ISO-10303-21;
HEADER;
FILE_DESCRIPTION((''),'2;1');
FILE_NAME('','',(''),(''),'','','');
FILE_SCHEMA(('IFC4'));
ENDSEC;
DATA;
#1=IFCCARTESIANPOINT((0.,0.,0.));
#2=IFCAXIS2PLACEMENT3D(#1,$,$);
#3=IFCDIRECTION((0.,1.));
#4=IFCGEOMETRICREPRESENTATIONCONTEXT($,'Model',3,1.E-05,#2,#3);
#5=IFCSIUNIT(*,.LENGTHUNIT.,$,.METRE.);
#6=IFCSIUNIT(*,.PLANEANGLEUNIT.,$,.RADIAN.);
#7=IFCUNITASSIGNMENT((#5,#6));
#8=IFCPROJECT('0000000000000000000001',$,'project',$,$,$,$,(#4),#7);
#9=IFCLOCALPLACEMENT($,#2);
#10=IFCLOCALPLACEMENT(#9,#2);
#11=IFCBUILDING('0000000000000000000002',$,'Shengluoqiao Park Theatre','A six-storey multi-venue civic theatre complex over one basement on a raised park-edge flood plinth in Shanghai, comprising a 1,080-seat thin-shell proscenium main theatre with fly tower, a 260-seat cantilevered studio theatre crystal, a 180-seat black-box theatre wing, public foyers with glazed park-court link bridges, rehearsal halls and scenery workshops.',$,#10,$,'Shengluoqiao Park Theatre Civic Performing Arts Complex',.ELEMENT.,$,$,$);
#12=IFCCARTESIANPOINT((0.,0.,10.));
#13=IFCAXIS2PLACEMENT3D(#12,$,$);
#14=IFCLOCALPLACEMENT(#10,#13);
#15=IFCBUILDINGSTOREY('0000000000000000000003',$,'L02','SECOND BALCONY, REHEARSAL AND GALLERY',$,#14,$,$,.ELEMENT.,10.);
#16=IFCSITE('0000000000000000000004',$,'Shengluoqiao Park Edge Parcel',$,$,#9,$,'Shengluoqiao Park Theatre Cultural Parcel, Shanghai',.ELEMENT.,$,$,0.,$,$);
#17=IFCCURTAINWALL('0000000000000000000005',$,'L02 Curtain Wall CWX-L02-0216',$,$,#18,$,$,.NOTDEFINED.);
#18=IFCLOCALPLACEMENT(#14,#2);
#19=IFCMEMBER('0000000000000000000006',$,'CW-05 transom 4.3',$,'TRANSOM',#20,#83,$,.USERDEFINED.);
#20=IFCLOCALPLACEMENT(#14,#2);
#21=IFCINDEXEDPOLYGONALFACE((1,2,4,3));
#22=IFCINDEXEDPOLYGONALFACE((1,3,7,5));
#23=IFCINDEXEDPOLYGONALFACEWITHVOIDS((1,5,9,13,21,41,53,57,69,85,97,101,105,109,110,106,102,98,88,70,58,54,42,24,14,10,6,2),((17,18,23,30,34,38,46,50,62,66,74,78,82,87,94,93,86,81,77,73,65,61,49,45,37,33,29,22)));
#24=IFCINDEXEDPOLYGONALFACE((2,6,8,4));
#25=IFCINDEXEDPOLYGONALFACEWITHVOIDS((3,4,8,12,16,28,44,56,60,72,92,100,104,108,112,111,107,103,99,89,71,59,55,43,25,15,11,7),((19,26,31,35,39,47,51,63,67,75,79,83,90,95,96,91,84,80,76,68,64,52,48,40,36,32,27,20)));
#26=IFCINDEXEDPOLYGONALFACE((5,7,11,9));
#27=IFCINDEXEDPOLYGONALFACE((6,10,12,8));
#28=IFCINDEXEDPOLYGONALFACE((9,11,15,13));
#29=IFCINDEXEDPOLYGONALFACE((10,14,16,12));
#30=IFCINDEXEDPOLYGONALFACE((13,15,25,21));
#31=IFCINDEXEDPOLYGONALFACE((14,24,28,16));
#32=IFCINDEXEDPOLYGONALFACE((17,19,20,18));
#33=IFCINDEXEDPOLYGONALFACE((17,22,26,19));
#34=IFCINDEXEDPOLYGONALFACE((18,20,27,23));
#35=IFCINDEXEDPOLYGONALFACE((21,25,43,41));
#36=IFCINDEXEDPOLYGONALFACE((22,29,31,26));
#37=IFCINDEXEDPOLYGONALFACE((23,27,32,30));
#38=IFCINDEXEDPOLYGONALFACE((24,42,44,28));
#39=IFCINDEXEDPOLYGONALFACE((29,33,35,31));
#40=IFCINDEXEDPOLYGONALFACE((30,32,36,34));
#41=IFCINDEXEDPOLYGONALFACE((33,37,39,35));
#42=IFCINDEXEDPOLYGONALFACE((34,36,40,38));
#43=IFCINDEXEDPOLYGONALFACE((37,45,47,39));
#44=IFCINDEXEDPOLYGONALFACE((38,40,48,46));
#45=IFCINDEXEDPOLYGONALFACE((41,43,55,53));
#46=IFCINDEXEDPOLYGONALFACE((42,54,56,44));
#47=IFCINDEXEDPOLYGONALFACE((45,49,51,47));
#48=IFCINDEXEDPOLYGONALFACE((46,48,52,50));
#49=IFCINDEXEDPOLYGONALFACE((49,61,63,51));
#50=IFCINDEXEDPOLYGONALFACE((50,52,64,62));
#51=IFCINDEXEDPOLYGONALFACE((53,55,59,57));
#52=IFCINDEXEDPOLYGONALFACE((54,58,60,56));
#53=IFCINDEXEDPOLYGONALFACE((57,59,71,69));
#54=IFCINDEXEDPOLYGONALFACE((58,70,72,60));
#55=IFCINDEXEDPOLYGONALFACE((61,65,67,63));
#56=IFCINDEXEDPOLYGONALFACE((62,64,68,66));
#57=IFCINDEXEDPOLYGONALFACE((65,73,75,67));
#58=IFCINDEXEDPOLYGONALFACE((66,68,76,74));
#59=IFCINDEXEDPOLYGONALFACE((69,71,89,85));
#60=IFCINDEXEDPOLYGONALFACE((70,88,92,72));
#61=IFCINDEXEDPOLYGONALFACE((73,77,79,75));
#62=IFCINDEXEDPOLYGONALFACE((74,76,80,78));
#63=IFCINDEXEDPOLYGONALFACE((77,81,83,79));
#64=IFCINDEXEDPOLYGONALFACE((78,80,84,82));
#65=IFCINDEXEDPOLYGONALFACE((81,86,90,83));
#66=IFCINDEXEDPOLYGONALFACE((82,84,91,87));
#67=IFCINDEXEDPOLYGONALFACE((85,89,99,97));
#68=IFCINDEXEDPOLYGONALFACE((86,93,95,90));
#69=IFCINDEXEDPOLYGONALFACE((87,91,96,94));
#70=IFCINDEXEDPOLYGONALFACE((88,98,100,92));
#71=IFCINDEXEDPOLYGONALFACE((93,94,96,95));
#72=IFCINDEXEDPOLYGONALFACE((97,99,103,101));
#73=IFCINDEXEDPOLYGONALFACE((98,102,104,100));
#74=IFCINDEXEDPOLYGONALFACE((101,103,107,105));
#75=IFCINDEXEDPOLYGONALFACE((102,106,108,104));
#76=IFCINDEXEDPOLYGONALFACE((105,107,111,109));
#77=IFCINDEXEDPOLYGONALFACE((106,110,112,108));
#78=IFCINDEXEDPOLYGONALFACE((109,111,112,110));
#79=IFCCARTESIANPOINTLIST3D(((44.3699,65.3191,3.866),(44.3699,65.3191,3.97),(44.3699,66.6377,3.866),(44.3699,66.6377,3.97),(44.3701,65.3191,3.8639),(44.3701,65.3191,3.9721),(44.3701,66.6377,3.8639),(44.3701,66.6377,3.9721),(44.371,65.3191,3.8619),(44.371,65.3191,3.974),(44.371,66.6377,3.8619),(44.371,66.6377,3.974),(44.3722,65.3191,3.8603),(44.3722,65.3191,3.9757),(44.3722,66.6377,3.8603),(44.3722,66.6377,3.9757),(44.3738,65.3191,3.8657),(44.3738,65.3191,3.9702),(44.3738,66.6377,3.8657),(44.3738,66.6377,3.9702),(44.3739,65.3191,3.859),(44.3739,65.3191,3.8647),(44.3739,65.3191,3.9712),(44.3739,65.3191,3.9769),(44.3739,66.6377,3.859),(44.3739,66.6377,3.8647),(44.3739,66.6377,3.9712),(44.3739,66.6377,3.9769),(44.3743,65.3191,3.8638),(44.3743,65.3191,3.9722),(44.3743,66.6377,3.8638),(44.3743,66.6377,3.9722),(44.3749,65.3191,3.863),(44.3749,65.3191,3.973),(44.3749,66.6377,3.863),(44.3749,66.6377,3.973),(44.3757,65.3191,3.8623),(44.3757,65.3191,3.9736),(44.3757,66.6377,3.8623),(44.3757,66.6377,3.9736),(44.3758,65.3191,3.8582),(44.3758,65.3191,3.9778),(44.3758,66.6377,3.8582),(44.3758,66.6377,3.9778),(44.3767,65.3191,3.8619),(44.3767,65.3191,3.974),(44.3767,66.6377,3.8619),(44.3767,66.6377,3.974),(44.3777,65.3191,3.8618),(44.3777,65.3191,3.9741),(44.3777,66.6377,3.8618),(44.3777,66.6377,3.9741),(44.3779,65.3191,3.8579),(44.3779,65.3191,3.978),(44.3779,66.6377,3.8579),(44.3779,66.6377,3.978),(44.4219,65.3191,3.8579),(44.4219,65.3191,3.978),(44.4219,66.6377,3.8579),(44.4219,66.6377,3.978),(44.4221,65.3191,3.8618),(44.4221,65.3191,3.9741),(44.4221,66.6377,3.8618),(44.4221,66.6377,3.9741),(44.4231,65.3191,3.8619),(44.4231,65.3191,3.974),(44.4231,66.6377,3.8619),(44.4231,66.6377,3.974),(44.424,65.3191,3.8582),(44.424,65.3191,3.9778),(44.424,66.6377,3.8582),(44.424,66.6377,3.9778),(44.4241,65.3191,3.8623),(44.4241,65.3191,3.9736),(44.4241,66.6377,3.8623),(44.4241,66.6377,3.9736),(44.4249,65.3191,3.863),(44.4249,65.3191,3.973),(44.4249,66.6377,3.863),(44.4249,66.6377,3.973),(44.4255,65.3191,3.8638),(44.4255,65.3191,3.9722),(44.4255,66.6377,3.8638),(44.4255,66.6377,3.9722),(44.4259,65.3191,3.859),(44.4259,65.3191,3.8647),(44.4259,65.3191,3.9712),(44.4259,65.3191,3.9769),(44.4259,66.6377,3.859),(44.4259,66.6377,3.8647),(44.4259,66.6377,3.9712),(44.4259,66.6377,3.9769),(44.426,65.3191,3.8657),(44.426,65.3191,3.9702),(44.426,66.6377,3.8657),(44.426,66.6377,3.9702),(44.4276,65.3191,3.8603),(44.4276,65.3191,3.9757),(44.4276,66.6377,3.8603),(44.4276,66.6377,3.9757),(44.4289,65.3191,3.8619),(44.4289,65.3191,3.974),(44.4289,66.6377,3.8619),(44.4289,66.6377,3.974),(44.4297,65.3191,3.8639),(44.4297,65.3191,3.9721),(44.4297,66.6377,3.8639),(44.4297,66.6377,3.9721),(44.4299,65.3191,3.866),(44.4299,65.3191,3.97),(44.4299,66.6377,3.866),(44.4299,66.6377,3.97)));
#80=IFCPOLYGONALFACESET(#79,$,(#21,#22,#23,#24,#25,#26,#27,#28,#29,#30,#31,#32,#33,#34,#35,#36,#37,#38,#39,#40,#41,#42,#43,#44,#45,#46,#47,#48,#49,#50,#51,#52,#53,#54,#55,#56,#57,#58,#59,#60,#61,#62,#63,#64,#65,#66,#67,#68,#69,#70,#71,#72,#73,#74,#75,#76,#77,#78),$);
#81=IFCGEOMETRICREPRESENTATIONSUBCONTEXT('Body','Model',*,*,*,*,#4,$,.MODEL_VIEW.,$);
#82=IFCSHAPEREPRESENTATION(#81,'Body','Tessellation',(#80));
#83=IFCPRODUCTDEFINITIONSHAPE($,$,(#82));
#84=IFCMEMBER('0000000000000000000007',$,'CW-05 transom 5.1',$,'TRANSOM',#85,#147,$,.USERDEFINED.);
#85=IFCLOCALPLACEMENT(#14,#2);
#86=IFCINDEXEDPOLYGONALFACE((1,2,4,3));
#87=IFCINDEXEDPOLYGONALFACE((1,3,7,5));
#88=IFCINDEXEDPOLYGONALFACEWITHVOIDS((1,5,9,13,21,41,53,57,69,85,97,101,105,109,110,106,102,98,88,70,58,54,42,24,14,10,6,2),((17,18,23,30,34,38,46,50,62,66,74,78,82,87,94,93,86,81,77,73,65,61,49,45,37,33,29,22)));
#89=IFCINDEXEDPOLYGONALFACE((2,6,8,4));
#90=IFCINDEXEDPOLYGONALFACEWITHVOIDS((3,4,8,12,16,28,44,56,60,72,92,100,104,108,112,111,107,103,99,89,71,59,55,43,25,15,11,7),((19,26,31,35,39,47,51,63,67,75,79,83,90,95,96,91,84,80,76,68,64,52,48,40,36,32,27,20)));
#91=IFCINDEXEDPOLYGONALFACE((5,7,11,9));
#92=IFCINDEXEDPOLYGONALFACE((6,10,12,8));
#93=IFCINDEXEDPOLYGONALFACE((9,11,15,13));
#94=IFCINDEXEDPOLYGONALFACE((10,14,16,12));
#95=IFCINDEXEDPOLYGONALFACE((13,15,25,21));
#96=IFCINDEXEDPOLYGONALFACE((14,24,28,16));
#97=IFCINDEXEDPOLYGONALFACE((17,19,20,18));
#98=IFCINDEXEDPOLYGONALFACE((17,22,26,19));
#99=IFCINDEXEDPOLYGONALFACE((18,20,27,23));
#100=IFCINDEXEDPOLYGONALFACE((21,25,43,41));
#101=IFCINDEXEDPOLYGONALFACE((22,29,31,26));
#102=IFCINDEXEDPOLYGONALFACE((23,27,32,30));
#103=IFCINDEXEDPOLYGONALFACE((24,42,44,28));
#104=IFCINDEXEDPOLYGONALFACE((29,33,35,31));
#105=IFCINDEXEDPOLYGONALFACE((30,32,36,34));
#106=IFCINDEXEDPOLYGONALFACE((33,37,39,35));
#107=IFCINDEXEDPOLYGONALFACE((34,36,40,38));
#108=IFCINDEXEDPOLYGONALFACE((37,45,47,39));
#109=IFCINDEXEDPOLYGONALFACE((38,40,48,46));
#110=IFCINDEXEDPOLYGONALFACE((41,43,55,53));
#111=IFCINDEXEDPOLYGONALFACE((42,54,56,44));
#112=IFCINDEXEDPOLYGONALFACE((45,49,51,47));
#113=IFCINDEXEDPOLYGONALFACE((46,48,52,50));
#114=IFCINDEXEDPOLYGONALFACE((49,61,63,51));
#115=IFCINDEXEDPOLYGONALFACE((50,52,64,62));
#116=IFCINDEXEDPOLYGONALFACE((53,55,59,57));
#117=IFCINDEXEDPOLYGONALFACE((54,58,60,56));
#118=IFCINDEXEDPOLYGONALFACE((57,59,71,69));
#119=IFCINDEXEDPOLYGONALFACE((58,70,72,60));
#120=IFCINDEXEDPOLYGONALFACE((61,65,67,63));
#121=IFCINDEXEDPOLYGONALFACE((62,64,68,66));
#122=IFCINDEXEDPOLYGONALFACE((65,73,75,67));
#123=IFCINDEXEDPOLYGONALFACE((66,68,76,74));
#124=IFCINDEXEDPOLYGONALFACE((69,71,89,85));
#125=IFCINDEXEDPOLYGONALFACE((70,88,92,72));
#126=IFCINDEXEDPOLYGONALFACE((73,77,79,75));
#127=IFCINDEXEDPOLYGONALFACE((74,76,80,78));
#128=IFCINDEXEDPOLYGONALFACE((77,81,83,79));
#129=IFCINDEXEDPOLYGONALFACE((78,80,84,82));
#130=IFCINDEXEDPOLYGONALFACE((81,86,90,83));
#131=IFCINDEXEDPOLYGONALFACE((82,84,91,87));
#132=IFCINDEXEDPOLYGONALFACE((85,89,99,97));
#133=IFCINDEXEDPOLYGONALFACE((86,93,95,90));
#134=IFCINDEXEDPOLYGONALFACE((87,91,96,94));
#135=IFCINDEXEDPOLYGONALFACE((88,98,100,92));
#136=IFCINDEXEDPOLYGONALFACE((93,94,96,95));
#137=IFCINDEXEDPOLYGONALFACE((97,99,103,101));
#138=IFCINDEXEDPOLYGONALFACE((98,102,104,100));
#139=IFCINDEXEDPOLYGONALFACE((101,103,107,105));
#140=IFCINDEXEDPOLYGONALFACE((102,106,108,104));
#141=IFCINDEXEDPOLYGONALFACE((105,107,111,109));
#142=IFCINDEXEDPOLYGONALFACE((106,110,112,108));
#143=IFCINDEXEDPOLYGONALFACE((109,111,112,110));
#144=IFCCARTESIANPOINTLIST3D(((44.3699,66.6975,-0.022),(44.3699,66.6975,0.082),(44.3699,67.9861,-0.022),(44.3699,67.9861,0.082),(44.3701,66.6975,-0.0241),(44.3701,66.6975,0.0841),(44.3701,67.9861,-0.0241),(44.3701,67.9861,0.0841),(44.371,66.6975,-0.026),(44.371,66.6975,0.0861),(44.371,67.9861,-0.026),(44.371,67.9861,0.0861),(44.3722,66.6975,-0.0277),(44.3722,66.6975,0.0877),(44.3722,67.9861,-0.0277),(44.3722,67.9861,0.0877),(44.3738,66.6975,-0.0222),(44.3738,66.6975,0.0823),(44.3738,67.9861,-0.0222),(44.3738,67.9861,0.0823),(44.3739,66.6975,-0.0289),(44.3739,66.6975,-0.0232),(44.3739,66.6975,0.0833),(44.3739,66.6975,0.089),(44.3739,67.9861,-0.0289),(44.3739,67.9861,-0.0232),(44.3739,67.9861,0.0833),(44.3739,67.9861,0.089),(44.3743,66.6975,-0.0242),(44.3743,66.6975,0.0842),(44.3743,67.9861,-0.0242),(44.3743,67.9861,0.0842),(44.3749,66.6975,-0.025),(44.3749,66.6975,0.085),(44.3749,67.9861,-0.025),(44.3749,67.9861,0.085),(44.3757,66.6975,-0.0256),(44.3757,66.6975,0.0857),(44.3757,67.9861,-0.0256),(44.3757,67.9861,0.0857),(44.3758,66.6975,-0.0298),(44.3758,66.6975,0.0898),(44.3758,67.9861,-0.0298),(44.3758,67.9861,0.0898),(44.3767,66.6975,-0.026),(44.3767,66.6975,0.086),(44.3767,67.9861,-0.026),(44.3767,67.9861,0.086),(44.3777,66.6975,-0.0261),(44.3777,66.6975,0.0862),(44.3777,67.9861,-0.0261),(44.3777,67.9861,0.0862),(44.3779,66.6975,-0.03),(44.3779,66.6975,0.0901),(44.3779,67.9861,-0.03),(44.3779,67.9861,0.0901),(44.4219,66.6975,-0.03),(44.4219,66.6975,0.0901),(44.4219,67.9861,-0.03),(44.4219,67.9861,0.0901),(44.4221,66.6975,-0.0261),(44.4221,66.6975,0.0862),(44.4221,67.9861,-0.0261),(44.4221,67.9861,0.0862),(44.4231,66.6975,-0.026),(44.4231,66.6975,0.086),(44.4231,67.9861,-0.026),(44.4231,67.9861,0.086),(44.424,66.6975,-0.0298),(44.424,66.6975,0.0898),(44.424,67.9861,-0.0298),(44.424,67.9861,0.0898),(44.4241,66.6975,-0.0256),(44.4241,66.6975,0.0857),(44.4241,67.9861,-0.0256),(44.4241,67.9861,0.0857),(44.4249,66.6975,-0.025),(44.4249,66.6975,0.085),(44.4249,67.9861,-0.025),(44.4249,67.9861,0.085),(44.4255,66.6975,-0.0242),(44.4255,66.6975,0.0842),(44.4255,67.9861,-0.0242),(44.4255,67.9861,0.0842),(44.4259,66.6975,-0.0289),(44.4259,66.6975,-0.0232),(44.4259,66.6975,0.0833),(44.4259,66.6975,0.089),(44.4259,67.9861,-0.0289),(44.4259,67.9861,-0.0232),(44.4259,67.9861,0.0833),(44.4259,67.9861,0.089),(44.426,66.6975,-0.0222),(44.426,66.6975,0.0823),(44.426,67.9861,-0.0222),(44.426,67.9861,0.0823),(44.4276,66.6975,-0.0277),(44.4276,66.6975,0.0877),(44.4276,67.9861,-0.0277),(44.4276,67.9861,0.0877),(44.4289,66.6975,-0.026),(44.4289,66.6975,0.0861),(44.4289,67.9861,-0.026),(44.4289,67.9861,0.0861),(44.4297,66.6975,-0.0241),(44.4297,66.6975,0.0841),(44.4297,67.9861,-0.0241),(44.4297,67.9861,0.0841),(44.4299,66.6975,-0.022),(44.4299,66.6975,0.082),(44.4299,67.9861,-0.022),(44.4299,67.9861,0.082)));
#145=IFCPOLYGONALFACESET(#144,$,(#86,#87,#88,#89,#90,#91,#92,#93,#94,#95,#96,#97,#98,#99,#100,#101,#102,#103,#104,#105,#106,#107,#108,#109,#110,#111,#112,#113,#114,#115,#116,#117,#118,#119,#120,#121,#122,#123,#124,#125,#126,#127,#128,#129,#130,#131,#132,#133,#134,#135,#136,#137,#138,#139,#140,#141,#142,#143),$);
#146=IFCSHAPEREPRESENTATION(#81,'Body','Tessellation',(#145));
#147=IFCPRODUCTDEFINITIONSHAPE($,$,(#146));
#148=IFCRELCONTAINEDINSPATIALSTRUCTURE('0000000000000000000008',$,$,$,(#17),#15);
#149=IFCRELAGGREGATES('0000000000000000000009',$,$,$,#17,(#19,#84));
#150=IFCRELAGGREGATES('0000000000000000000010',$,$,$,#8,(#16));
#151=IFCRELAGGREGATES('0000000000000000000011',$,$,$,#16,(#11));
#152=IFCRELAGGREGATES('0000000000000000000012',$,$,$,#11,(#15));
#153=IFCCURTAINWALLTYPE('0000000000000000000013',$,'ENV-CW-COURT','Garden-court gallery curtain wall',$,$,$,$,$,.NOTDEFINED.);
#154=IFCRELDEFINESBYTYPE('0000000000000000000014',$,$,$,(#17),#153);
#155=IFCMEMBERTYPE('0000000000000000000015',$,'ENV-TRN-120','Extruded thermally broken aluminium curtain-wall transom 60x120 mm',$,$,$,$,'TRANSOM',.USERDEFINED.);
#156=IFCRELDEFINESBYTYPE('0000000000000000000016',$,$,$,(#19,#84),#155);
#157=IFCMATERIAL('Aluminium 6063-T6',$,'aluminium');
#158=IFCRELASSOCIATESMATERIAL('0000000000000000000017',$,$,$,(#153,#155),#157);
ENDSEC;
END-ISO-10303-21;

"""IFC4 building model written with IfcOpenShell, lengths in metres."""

from ifc_helpers import new_model, si_unit, direction, frame, origin, origin_2d, place, context, subcontext, project, spatial, hollow_rectangle, extrude, material, material_profile, profile_set, type_object, element, aggregate, save


model = new_model("IFC4")

# Units and contexts
model_context = context("Model", 3, precision=1e-05, world=origin(), true_north=direction((0.0, 1.0)))
body_context = subcontext(model_context, "Body", "Model", "MODEL_VIEW")
ifc_project = project(units=[si_unit("LENGTHUNIT", "METRE"), si_unit("PLANEANGLEUNIT", "RADIAN")], contexts=[model_context])

# Site, building, storey
site_placement = place(None, origin())
site = spatial("IfcSite", under=ifc_project, at=site_placement, Name="Shengluoqiao Park Edge Parcel", LongName="Shengluoqiao Park Theatre Cultural Parcel, Shanghai", CompositionType="ELEMENT", RefElevation=0.0)
building_placement = place(site_placement, origin())
building = spatial("IfcBuilding", under=site, at=building_placement, Name="Shengluoqiao Park Theatre", Description="A six-storey multi-venue civic theatre complex over one basement on a raised park-edge flood plinth in Shanghai, comprising a 1,080-seat thin-shell proscenium main theatre with fly tower, a 260-seat cantilevered studio theatre crystal, a 180-seat black-box theatre wing, public foyers with glazed park-court link bridges, rehearsal halls and scenery workshops.", LongName="Shengluoqiao Park Theatre Civic Performing Arts Complex", CompositionType="ELEMENT")
storey_placement = place(building_placement, frame((0.0, 0.0, 10.0)))
storey = spatial("IfcBuildingStorey", under=building, at=storey_placement, Name="L02", Description="SECOND BALCONY, REHEARSAL AND GALLERY", CompositionType="ELEMENT", Elevation=10.0)

# Curtain wall, members
ifc_material_1 = material(Name="Aluminium 6063-T6", Category="aluminium")
curtain_wall_type = type_object("IfcCurtainWallType", Name="ENV-CW-COURT", Description="Garden-court gallery curtain wall", PredefinedType="NOTDEFINED", material=ifc_material_1)
curtain_wall_placement = place(storey_placement, origin())
curtain_wall = element("IfcCurtainWall", 1, at=curtain_wall_placement, inside=storey, type_object=curtain_wall_type, Name="L02 Curtain Wall CWX-L02-0216", PredefinedType="NOTDEFINED")
ifc_material_profile_1 = material_profile(ifc_material_1, hollow_rectangle(XDim=0.0601, YDim=0.1201, WallThickness=0.0039, InnerFilletRadius=0.0039, OuterFilletRadius=0.0081, at=origin_2d()), Name="ALU TRANSOM 120x60x4")
ifc_profile_set_1 = profile_set([ifc_material_profile_1], Name="Aluminium 6063-T6")
member_type_1 = type_object("IfcMemberType", Name="ENV-TRN-120", Description="Extruded thermally broken aluminium curtain-wall transom 60x120 mm", ElementType="TRANSOM", PredefinedType="USERDEFINED", material=ifc_profile_set_1)
member_1_placement = place(storey_placement, frame((44.3999, 65.3191, 3.918), z_axis=(0.0, 1.0, 0.0), x_axis=(-1.0, 0.0, 0.0)))
member_1 = element("IfcMember", 2, at=member_1_placement, type_object=member_type_1, Name="CW-05 transom 4.3", ObjectType="TRANSOM", PredefinedType="USERDEFINED", context=body_context, shape_type="SweptSolid", body=[
    extrude(hollow_rectangle(XDim=0.0601, YDim=0.1201, WallThickness=0.0039, InnerFilletRadius=0.0039, OuterFilletRadius=0.0081, at=origin_2d()), origin(), (0.0, 0.0, 1.0), 1.3186),
])
member_2_placement = place(storey_placement, frame((44.3999, 66.6975, 0.03), z_axis=(0.0, 1.0, 0.0), x_axis=(-1.0, 0.0, 0.0)))
member_2 = element("IfcMember", 3, at=member_2_placement, type_object=member_type_1, Name="CW-05 transom 5.1", ObjectType="TRANSOM", PredefinedType="USERDEFINED", context=body_context, shape_type="SweptSolid", body=[
    extrude(hollow_rectangle(XDim=0.0601, YDim=0.1201, WallThickness=0.0039, InnerFilletRadius=0.0039, OuterFilletRadius=0.0081, at=origin_2d()), origin(), (0.0, 0.0, 1.0), 1.2886),
])

aggregate(curtain_wall, [member_1, member_2])

save(model, "model.ifc")
